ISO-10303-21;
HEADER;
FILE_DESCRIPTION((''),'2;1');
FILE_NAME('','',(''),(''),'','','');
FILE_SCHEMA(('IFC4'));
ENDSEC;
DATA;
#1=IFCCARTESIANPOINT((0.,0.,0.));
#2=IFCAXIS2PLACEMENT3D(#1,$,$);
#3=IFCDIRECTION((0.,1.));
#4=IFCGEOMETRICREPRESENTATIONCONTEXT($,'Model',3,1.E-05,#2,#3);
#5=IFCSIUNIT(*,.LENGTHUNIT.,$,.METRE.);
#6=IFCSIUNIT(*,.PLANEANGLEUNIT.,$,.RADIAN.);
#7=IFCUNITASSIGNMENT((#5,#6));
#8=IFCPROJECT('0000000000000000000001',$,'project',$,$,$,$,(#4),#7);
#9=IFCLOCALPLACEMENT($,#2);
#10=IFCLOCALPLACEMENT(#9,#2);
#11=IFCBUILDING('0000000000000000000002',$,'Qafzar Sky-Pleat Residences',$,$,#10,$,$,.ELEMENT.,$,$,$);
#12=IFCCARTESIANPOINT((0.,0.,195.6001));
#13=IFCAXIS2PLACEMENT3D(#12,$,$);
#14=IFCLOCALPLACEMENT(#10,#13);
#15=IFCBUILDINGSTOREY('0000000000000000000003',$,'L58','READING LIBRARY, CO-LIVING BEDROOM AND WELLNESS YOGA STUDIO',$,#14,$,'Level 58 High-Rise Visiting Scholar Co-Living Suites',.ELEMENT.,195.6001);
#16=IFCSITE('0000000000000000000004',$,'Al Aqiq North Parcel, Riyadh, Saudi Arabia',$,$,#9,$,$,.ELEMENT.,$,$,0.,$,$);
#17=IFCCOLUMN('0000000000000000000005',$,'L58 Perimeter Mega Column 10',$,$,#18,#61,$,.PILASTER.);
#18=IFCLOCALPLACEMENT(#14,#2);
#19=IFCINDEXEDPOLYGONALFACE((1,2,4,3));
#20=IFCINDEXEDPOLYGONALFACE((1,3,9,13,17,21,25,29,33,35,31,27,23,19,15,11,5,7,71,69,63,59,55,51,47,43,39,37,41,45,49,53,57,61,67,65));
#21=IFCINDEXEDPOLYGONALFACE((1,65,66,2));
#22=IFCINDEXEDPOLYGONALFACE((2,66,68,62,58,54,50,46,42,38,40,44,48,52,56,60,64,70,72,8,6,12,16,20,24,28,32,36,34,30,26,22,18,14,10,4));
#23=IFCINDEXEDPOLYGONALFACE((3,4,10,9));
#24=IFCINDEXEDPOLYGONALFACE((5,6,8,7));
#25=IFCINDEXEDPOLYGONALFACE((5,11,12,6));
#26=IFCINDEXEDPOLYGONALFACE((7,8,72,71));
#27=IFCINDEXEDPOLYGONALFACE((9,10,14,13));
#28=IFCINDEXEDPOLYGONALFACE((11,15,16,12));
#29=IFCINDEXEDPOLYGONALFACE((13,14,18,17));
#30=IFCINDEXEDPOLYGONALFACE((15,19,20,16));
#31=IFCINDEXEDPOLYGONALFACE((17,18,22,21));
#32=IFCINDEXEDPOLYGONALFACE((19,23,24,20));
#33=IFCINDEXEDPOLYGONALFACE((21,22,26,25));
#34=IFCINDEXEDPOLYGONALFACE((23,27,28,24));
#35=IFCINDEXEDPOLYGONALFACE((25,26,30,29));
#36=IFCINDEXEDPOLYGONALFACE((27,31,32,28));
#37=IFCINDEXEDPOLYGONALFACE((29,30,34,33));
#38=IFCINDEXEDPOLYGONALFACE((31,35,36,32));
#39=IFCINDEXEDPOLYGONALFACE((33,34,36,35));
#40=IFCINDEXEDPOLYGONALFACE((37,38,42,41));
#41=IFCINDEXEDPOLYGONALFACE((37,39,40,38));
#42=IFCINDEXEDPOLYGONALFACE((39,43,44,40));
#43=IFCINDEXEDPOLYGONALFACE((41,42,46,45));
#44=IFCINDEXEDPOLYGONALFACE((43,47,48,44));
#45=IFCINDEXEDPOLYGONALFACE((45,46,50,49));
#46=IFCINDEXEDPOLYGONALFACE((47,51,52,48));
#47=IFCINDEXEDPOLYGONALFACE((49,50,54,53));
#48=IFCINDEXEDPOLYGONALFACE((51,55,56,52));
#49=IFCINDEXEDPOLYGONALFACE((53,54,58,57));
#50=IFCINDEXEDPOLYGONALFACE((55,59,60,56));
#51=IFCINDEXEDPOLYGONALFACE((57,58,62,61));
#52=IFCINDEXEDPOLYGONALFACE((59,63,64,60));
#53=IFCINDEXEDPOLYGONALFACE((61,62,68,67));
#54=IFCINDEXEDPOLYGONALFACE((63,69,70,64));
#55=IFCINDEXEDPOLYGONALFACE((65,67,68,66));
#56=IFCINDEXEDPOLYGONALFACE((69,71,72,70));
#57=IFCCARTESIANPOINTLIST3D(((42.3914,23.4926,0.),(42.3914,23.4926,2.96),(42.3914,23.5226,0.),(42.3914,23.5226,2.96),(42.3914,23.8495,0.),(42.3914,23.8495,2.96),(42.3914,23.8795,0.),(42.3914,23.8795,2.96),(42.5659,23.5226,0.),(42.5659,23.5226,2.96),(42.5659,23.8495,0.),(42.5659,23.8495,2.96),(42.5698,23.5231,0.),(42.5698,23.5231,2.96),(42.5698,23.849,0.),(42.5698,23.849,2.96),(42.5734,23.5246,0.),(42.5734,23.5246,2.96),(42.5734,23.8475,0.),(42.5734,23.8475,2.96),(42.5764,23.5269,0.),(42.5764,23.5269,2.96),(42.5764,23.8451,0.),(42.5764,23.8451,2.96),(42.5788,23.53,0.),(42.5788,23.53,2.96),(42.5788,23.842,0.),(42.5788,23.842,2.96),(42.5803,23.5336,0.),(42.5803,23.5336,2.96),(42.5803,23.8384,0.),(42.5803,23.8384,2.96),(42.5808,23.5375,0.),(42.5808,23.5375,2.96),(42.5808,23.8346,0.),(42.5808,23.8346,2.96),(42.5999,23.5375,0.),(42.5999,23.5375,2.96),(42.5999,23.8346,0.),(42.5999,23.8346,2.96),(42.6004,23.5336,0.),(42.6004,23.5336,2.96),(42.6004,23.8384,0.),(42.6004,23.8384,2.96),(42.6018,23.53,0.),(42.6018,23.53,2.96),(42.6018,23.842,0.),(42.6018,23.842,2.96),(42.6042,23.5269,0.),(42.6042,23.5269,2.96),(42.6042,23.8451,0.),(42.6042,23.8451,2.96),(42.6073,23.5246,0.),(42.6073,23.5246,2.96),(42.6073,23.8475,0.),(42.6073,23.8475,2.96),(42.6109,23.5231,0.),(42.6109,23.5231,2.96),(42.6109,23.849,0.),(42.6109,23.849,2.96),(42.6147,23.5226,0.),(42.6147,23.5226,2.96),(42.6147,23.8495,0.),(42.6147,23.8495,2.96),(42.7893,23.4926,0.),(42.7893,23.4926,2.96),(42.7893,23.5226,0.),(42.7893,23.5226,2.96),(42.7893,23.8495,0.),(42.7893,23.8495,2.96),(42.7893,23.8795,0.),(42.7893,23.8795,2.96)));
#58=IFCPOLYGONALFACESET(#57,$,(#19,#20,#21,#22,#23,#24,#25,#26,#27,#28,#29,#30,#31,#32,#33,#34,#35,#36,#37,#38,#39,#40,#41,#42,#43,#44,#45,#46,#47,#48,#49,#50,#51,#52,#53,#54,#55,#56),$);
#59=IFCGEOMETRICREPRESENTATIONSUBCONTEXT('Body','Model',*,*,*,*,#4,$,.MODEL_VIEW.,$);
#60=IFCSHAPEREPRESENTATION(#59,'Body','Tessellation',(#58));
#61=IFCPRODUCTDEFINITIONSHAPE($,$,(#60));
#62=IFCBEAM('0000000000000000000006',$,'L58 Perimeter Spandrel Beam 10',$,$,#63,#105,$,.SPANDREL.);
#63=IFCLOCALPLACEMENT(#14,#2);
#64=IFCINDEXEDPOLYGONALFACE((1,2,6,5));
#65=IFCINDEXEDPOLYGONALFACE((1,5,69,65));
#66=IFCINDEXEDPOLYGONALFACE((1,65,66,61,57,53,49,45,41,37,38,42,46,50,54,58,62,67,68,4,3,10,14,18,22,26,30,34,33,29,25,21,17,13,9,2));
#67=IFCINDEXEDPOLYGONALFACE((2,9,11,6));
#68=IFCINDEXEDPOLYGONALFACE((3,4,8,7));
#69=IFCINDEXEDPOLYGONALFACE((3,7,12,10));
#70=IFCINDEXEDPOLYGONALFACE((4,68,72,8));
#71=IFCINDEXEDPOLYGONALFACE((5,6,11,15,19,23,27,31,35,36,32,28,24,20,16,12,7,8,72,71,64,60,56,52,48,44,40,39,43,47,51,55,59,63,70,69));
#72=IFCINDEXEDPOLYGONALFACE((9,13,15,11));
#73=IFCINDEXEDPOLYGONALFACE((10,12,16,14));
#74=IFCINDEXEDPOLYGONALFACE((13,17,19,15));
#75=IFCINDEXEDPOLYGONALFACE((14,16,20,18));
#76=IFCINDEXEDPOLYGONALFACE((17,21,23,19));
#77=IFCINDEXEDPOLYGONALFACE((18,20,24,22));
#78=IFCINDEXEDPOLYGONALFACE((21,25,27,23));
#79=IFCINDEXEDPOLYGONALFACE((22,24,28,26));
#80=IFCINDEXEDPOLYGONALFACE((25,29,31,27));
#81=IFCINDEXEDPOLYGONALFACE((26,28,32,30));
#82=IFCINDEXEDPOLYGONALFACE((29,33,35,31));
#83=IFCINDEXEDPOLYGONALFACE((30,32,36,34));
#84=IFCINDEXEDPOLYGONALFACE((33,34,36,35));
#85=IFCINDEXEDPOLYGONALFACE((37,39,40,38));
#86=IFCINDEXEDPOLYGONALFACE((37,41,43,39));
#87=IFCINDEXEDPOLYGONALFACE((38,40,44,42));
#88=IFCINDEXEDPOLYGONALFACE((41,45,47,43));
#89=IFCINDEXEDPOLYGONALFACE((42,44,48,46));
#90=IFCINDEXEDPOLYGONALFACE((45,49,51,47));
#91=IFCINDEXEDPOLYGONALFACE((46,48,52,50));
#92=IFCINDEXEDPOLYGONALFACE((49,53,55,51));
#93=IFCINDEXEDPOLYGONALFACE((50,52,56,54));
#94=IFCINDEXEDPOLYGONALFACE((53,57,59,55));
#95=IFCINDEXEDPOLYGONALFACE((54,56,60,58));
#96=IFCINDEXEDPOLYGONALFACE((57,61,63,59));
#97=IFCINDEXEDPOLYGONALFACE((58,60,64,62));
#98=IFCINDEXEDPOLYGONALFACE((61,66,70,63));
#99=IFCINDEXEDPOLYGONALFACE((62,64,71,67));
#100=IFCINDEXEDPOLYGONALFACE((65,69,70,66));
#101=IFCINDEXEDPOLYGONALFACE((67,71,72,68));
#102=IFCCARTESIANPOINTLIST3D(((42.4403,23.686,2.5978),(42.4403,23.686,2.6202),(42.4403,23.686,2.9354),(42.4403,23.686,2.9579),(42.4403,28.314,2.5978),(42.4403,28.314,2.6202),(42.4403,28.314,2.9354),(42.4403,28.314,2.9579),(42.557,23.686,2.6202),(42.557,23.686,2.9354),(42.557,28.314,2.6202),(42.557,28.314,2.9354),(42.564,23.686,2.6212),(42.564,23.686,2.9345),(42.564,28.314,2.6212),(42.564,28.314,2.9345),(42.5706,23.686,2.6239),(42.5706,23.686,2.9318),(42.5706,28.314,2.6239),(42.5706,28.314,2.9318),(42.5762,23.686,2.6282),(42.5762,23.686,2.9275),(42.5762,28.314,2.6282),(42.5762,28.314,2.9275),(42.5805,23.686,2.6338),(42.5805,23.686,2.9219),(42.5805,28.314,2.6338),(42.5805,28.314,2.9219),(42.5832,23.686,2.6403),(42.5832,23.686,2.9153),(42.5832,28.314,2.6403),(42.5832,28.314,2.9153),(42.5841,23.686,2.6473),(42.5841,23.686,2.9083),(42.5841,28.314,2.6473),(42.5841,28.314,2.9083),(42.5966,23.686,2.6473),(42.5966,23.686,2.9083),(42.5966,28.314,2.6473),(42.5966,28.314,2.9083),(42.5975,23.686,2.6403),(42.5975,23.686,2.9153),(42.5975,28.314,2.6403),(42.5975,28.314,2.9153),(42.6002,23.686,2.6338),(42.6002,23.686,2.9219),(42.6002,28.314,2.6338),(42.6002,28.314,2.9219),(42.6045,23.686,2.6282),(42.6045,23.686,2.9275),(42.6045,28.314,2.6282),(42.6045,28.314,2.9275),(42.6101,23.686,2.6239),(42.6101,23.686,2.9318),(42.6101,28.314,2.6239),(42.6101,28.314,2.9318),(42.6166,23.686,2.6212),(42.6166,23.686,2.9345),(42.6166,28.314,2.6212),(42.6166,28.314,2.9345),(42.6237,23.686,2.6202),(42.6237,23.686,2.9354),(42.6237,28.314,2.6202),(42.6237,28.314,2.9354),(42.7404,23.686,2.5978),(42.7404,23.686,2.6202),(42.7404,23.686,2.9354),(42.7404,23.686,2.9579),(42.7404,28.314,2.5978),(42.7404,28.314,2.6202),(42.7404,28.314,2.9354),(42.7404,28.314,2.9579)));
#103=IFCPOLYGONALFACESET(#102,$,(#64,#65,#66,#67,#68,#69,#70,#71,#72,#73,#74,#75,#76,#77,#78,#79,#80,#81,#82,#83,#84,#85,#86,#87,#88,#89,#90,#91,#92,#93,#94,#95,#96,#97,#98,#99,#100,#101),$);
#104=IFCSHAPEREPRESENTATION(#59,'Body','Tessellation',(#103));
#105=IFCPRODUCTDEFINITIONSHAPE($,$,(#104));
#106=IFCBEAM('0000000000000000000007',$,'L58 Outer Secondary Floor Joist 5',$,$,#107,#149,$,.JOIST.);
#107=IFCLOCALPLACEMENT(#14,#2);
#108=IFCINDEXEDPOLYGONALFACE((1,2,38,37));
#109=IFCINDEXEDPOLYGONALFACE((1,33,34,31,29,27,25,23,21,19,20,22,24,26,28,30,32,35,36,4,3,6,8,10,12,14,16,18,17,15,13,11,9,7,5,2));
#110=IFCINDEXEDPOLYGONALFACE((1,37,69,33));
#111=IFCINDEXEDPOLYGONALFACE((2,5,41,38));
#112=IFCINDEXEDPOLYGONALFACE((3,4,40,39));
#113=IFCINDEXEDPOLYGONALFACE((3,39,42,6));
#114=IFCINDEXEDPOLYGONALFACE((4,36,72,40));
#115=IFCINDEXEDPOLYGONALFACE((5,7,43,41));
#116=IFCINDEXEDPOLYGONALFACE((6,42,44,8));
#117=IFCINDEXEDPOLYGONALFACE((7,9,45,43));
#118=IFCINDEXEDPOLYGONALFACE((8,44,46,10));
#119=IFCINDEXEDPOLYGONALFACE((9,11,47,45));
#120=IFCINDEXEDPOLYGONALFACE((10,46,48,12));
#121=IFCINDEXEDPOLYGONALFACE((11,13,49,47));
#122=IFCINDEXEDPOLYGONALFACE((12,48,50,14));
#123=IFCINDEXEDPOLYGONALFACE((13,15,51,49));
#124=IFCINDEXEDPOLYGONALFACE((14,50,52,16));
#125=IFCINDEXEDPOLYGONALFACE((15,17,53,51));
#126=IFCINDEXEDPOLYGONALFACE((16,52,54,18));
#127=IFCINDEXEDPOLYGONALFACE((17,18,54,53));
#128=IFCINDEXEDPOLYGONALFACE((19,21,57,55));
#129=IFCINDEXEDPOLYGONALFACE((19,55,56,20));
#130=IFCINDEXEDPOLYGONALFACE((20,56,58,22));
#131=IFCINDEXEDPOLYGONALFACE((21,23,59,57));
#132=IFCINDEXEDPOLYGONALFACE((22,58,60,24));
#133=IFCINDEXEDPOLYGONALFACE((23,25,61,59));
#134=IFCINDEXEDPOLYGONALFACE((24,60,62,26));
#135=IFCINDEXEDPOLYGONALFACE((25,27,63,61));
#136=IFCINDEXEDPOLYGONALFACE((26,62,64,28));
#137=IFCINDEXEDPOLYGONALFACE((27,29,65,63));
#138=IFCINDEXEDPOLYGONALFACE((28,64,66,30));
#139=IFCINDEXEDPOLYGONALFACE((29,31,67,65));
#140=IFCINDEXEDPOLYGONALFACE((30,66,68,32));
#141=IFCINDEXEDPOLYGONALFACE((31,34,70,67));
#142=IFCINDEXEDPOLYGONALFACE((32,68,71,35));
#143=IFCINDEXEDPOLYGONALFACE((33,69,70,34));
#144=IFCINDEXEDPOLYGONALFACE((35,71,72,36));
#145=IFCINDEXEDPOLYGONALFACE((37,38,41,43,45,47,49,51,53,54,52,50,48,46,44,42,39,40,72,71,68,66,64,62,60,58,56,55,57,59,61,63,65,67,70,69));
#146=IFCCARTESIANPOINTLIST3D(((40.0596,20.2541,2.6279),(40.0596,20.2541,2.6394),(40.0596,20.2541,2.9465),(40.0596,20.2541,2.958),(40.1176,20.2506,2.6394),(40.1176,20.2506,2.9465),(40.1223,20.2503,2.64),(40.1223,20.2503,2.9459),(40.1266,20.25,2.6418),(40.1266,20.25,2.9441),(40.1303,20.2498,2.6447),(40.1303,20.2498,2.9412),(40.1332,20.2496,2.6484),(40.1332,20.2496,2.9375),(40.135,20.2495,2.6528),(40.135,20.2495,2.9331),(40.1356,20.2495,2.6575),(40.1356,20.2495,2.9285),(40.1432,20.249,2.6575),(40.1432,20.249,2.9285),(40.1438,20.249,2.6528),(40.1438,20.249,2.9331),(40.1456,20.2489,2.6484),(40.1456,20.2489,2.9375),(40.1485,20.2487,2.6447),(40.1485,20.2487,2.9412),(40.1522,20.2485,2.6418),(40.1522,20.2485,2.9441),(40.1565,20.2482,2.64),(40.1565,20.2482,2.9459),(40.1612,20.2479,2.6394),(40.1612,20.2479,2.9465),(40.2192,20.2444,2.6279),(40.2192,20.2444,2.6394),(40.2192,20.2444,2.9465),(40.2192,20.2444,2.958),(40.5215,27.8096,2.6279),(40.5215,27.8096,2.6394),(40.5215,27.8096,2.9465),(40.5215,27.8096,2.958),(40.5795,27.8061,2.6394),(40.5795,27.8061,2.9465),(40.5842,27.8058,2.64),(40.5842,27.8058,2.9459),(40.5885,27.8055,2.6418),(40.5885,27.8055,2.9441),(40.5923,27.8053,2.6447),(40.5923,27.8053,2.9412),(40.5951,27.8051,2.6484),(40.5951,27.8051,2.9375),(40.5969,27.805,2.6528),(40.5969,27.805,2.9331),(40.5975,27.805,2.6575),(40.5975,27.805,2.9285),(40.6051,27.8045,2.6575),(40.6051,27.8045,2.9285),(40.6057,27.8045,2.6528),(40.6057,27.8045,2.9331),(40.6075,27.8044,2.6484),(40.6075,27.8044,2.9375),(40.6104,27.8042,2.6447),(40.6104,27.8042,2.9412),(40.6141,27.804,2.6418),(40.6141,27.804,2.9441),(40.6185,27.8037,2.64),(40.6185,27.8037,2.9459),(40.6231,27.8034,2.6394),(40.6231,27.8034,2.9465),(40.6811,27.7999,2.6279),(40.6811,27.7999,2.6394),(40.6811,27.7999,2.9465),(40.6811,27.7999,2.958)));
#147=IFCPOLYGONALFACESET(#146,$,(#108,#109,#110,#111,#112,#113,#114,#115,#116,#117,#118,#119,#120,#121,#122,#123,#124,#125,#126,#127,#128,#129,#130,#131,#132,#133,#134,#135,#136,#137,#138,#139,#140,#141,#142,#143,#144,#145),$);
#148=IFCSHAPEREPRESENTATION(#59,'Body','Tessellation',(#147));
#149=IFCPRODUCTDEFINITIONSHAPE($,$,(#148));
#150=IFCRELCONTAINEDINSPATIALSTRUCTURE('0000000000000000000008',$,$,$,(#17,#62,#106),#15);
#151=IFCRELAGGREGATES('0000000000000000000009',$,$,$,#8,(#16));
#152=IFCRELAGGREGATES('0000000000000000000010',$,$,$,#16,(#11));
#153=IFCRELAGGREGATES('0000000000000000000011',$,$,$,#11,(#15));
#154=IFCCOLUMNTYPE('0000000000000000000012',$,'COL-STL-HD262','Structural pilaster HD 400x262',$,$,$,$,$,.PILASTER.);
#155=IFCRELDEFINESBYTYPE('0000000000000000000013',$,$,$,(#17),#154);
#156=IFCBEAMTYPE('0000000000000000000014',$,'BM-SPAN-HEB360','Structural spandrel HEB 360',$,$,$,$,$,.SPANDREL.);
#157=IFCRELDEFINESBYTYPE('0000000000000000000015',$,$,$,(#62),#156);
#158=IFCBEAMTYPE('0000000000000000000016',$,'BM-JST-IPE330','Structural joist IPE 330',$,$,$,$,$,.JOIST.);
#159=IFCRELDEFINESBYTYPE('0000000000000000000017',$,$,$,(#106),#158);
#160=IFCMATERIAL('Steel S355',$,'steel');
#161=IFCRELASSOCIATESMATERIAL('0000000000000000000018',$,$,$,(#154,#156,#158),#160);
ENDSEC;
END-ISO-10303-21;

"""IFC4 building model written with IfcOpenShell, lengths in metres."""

from ifc_helpers import new_model, si_unit, direction, frame, origin, origin_2d, place, context, subcontext, project, spatial, i_section, extrude, source, transform, mapped, material, material_profile, profile_set, type_object, element, save


model = new_model("IFC4")

# Units and contexts
model_context = context("Model", 3, precision=1e-05, world=origin(), true_north=direction((0.0, 1.0)))
body_context = subcontext(model_context, "Body", "Model", "MODEL_VIEW")
ifc_project = project(units=[si_unit("LENGTHUNIT", "METRE"), si_unit("PLANEANGLEUNIT", "RADIAN")], contexts=[model_context])

# Site, building, storey
site_placement = place(None, origin())
site = spatial("IfcSite", under=ifc_project, at=site_placement, Name="Al Aqiq North Parcel, Riyadh, Saudi Arabia", CompositionType="ELEMENT", RefElevation=0.0)
building_placement = place(site_placement, origin())
building = spatial("IfcBuilding", under=site, at=building_placement, Name="Qafzar Sky-Pleat Residences", CompositionType="ELEMENT")
storey_placement = place(building_placement, frame((0.0, 0.0, 195.6001)))
storey = spatial("IfcBuildingStorey", under=building, at=storey_placement, Name="L58", Description="READING LIBRARY, CO-LIVING BEDROOM AND WELLNESS YOGA STUDIO", LongName="Level 58 High-Rise Visiting Scholar Co-Living Suites", CompositionType="ELEMENT", Elevation=195.6001)

# Column
ifc_material_1 = material(Name="Steel S355", Category="steel")
ifc_material_profile_1 = material_profile(ifc_material_1, i_section(OverallWidth=0.3979, OverallDepth=0.387, WebThickness=0.019, FlangeThickness=0.03, FilletRadius=0.0149, at=origin_2d()), Name="HD 400x262")
ifc_profile_set_1 = profile_set([ifc_material_profile_1], Name="Steel S355")
column_type = type_object("IfcColumnType", Name="COL-STL-HD262", Description="Structural pilaster HD 400x262", PredefinedType="PILASTER", material=ifc_profile_set_1)
shared_shape_1 = source(origin(), body_context, "Body", "SweptSolid", [
    extrude(i_section(OverallWidth=0.3979, OverallDepth=0.387, WebThickness=0.019, FlangeThickness=0.03, FilletRadius=0.0149, at=origin_2d()), origin(), (0.0, 0.0, 1.0), 2.96),
])
column_placement = place(storey_placement, frame((42.5903, 23.686, 0.0), z_axis=(0.0, 0.0, 1.0), x_axis=(1.0, 0.0, 0.0)))
element("IfcColumn", 1, at=column_placement, inside=storey, type_object=column_type, Name="L58 Perimeter Mega Column 10", PredefinedType="PILASTER", context=body_context, shape_type="MappedRepresentation", body=[
    mapped(shared_shape_1, transform((0.0, 0.0, 0.0), x_axis=(1.0, 0.0, 0.0), y_axis=(0.0, 1.0, 0.0), z_axis=(0.0, 0.0, 1.0), scale=1.0)),
])

# Beams
ifc_material_profile_2 = material_profile(ifc_material_1, i_section(OverallWidth=0.3, OverallDepth=0.3601, WebThickness=0.0125, FlangeThickness=0.0225, FilletRadius=0.0271, at=origin_2d()), Name="HEB 360")
ifc_profile_set_2 = profile_set([ifc_material_profile_2], Name="Steel S355")
beam_type_1 = type_object("IfcBeamType", Name="BM-SPAN-HEB360", Description="Structural spandrel HEB 360", PredefinedType="SPANDREL", material=ifc_profile_set_2)
shared_shape_2 = source(origin(), body_context, "Body", "SweptSolid", [
    extrude(i_section(OverallWidth=0.3, OverallDepth=0.3601, WebThickness=0.0125, FlangeThickness=0.0225, FilletRadius=0.0271, at=origin_2d()), origin(), (0.0, 0.0, 1.0), 4.6279),
])
beam_1_placement = place(storey_placement, frame((42.5903, 23.686, 2.7778), z_axis=(0.0, 1.0, 0.0), x_axis=(-1.0, 0.0, 0.0)))
element("IfcBeam", 2, at=beam_1_placement, inside=storey, type_object=beam_type_1, Name="L58 Perimeter Spandrel Beam 10", PredefinedType="SPANDREL", context=body_context, shape_type="MappedRepresentation", body=[
    mapped(shared_shape_2, transform((0.0, 0.0, 0.0), x_axis=(1.0, 0.0, 0.0), y_axis=(0.0, 1.0, 0.0), z_axis=(0.0, 0.0, 1.0), scale=1.0)),
])
ifc_material_profile_3 = material_profile(ifc_material_1, i_section(OverallWidth=0.1599, OverallDepth=0.3301, WebThickness=0.0076, FlangeThickness=0.0115, FilletRadius=0.0181, at=origin_2d()), Name="IPE 330")
ifc_profile_set_3 = profile_set([ifc_material_profile_3], Name="Steel S355")
beam_type_2 = type_object("IfcBeamType", Name="BM-JST-IPE330", Description="Structural joist IPE 330", PredefinedType="JOIST", material=ifc_profile_set_3)
shared_shape_3 = source(origin(), body_context, "Body", "SweptSolid", [
    extrude(i_section(OverallWidth=0.1599, OverallDepth=0.3301, WebThickness=0.0076, FlangeThickness=0.0115, FilletRadius=0.0181, at=origin_2d()), origin(), (0.0, 0.0, 1.0), 7.5696),
])
beam_2_placement = place(storey_placement, frame((40.1394, 20.2493, 2.793), z_axis=(0.061023, 0.998136, 0.0), x_axis=(-0.998136, 0.061023, 0.0)))
element("IfcBeam", 3, at=beam_2_placement, inside=storey, type_object=beam_type_2, Name="L58 Outer Secondary Floor Joist 5", PredefinedType="JOIST", context=body_context, shape_type="MappedRepresentation", body=[
    mapped(shared_shape_3, transform((0.0, 0.0, 0.0), x_axis=(1.0, 0.0, 0.0), y_axis=(0.0, 1.0, 0.0), z_axis=(0.0, 0.0, 1.0), scale=1.0)),
])

save(model, "model.ifc")
